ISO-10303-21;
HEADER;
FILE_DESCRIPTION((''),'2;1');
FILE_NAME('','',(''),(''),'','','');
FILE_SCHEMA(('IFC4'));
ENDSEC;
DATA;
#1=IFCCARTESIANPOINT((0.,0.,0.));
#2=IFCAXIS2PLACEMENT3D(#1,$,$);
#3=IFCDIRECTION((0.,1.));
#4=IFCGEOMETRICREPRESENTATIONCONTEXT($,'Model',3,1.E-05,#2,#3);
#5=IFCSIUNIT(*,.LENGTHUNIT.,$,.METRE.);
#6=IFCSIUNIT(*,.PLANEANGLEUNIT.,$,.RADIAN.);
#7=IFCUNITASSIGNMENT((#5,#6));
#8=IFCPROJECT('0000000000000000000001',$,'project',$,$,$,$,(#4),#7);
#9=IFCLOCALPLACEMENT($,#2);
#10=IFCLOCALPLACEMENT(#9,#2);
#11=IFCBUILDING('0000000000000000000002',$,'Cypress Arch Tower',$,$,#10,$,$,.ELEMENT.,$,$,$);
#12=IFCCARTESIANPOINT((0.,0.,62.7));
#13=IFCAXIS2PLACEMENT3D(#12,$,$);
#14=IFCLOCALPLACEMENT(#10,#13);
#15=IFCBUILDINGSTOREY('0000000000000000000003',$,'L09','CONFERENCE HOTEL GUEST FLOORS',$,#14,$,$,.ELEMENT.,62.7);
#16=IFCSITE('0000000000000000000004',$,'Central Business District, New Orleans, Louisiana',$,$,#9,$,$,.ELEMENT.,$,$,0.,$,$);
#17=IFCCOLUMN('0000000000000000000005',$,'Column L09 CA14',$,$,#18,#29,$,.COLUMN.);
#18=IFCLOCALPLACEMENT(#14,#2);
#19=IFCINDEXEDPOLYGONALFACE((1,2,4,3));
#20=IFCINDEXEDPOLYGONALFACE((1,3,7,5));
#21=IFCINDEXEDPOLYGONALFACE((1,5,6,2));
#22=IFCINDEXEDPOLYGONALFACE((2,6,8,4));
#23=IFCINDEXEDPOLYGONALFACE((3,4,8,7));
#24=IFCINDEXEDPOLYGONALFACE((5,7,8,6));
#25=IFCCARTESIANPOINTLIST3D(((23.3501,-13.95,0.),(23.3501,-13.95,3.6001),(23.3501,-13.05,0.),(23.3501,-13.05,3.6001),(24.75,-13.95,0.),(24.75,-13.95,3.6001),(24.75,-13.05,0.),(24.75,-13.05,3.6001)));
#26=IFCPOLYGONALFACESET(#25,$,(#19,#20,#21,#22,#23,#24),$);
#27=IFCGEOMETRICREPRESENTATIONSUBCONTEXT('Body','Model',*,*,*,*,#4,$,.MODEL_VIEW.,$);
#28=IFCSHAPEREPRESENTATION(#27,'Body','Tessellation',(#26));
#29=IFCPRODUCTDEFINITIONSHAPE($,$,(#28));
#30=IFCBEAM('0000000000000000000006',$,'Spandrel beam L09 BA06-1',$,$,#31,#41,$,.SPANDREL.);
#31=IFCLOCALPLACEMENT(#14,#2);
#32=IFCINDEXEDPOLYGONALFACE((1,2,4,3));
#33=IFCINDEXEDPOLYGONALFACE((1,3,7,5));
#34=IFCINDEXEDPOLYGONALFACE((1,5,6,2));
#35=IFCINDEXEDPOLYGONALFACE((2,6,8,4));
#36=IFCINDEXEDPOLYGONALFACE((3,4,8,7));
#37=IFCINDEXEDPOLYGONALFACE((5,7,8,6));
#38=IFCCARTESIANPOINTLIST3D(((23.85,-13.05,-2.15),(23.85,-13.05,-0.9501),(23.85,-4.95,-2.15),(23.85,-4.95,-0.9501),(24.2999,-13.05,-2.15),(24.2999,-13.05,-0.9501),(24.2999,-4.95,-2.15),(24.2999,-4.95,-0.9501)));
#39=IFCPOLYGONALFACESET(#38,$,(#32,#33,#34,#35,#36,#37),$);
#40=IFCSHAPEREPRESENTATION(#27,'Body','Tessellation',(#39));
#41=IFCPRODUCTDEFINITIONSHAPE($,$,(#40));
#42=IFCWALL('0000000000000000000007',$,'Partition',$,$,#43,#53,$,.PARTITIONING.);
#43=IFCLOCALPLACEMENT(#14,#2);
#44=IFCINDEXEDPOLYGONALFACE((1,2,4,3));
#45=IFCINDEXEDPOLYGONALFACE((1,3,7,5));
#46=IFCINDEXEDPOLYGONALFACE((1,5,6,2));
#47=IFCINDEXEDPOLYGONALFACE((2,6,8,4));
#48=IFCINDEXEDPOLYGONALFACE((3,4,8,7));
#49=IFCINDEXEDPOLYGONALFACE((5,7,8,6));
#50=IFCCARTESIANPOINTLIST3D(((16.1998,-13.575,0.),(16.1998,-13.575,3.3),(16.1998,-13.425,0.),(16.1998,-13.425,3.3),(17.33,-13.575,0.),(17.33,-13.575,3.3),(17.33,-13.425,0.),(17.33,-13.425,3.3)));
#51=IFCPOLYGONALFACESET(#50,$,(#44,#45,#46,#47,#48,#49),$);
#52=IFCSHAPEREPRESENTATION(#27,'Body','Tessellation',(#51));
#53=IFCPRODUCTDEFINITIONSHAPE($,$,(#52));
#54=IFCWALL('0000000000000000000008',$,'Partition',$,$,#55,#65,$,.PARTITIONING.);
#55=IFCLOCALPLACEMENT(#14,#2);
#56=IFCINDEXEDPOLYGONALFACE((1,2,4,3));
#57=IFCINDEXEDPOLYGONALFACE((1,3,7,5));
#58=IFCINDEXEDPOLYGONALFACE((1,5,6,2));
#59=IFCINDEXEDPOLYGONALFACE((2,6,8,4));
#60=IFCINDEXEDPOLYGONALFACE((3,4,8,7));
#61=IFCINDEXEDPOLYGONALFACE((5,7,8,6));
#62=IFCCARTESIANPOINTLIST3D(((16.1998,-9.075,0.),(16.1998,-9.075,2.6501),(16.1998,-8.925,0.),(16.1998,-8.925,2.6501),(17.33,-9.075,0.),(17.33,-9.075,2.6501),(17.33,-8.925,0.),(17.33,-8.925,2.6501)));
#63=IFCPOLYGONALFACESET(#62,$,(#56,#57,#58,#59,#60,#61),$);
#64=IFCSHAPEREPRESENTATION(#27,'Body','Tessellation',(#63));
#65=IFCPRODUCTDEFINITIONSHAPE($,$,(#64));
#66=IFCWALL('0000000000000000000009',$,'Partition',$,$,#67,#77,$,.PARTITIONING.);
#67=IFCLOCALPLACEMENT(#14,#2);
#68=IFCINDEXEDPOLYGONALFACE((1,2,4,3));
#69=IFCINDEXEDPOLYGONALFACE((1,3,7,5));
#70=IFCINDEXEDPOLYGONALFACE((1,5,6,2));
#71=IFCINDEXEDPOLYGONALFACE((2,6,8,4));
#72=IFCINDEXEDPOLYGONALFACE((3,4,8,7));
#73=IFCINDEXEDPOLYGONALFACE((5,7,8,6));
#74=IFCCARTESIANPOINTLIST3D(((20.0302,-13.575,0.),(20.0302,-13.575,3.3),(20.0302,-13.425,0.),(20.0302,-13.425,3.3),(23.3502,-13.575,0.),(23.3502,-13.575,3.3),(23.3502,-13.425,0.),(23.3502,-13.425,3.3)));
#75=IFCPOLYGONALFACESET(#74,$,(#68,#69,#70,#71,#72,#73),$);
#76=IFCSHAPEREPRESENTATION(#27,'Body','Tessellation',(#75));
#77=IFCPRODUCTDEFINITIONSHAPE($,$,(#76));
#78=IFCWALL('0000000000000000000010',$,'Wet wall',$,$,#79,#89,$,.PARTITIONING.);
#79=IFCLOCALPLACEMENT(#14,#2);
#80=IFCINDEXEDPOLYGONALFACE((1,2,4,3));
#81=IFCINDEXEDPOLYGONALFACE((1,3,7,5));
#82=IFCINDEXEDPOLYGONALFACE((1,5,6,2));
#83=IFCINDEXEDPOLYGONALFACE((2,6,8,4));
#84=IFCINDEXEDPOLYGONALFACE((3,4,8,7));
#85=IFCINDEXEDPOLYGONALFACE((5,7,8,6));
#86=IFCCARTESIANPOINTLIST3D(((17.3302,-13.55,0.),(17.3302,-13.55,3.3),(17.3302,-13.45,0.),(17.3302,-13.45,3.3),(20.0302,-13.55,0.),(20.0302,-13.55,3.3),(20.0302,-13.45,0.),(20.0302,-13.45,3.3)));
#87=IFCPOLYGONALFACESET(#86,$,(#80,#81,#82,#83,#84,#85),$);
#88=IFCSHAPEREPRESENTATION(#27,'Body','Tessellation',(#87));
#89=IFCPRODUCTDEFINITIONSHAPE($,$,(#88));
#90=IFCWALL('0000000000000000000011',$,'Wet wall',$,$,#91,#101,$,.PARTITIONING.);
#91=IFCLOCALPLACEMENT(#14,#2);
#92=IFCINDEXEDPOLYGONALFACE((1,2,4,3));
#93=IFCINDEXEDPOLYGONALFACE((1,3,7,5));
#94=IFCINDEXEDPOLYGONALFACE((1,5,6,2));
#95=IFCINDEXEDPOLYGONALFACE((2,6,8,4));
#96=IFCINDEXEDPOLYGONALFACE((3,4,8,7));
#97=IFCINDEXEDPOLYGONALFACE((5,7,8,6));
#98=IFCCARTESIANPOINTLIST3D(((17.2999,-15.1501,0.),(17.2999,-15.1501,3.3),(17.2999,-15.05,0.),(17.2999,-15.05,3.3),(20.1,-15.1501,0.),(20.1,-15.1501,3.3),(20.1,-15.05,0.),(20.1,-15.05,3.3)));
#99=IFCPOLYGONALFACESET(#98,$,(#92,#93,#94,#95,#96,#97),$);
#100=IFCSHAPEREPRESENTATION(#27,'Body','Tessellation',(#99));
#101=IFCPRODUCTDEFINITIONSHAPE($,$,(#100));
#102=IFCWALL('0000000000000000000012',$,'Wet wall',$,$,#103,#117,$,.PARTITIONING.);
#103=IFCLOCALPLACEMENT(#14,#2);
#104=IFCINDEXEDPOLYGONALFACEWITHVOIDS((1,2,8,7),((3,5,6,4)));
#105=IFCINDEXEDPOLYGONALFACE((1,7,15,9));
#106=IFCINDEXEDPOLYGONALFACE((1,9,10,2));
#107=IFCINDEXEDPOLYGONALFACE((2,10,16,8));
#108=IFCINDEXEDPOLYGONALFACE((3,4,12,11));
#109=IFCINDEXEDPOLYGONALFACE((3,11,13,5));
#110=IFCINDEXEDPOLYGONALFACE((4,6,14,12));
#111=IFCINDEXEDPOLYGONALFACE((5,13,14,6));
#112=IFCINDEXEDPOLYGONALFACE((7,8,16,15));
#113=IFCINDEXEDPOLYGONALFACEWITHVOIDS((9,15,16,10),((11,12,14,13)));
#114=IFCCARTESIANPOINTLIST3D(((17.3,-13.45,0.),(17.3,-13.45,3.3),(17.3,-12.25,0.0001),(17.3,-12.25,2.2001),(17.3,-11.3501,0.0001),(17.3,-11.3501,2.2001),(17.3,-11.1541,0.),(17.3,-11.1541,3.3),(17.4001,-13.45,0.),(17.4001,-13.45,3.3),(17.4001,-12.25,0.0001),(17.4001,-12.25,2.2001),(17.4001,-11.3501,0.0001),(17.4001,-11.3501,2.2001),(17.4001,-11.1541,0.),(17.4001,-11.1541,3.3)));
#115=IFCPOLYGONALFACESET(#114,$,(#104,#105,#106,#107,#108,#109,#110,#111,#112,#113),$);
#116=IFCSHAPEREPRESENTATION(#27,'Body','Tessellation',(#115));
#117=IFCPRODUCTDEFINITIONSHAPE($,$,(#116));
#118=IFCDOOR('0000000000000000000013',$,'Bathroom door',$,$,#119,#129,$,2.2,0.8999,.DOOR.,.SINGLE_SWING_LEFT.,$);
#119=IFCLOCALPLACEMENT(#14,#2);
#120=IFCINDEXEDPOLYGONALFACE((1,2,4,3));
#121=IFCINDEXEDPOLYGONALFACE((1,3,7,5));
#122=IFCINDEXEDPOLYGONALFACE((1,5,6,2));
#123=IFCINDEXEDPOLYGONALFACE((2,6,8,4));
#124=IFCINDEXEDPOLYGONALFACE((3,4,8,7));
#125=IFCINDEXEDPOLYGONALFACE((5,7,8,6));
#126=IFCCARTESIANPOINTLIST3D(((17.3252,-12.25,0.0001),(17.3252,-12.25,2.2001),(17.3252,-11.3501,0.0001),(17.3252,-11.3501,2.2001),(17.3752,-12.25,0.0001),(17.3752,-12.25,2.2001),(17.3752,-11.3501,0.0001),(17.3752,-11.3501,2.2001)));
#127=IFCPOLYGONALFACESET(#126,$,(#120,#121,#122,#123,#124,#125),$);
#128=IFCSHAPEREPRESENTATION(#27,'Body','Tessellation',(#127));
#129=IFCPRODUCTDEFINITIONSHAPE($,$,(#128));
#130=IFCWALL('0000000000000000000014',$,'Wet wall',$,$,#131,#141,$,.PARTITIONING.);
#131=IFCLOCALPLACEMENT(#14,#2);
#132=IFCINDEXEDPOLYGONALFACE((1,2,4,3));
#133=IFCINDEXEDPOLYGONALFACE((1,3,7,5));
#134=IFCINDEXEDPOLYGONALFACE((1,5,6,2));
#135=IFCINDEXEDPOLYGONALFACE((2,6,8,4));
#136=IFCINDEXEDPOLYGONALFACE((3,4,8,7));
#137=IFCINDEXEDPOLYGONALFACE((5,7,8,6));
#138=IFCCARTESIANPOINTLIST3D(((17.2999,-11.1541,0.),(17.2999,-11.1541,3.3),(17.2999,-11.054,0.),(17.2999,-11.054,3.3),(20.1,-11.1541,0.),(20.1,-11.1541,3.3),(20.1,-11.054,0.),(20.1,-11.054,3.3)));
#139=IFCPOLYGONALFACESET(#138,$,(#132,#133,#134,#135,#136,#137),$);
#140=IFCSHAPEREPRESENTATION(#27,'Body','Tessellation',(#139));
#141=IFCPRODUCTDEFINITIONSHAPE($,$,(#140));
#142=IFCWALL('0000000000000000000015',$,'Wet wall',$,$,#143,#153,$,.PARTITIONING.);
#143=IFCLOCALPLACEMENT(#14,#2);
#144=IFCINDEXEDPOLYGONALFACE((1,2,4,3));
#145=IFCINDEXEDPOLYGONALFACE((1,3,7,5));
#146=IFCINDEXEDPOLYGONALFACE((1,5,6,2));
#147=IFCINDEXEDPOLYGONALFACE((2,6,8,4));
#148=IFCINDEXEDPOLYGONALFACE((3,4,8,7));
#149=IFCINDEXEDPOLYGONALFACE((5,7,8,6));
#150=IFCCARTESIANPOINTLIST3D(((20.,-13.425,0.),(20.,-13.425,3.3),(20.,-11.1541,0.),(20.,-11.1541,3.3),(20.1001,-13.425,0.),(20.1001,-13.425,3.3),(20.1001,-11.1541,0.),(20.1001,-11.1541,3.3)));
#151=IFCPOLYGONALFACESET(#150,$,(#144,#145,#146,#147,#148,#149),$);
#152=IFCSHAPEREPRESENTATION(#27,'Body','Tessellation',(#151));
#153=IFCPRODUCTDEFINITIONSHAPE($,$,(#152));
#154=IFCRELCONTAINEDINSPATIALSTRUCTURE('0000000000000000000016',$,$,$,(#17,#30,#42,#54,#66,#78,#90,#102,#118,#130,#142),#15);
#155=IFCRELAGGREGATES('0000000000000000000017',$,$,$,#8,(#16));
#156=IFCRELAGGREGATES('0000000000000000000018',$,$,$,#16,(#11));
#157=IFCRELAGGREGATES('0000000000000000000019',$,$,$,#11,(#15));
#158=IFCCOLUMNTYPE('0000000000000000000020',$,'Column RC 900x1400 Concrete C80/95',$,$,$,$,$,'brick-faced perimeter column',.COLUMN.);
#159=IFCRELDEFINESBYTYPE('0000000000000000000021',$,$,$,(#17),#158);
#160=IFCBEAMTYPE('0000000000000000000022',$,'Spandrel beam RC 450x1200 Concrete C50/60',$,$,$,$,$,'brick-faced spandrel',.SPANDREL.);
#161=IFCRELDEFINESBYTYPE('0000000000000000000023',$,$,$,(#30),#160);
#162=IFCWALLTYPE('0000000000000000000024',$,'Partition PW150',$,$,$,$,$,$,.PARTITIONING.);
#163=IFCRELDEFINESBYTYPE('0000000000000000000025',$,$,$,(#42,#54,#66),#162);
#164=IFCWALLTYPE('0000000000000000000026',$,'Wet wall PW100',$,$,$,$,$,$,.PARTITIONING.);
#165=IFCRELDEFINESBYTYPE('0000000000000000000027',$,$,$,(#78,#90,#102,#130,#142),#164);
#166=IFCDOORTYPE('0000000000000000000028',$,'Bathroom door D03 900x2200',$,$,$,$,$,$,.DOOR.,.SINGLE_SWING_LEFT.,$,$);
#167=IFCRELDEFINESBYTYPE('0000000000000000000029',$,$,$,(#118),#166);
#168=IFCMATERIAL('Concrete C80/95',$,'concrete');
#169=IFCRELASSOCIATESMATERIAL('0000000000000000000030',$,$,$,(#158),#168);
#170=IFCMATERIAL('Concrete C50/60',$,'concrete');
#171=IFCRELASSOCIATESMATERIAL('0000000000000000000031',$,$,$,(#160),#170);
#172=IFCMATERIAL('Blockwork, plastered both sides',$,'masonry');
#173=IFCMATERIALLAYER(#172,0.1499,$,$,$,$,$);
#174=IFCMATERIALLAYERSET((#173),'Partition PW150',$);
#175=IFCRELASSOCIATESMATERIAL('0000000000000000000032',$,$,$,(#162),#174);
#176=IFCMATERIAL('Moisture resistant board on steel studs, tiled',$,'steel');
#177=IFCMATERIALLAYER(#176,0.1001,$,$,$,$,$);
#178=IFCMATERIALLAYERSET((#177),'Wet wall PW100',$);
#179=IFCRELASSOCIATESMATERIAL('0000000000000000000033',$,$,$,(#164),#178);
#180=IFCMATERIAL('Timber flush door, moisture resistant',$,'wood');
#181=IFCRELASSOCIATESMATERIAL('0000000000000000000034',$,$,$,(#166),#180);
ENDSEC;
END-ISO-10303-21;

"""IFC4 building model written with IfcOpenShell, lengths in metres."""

from ifc_helpers import new_model, si_unit, direction, frame, frame_2d, origin, origin_2d, place, context, subcontext, project, spatial, rectangle, extrude, material, layer, layer_set, material_profile, profile_set, type_object, element, fill, save


model = new_model("IFC4")

# Units and contexts
model_context = context("Model", 3, precision=1e-05, world=origin(), true_north=direction((0.0, 1.0)))
body_context = subcontext(model_context, "Body", "Model", "MODEL_VIEW")
ifc_project = project(units=[si_unit("LENGTHUNIT", "METRE"), si_unit("PLANEANGLEUNIT", "RADIAN")], contexts=[model_context])

# Site, building, storey
site_placement = place(None, origin())
site = spatial("IfcSite", under=ifc_project, at=site_placement, Name="Central Business District, New Orleans, Louisiana", CompositionType="ELEMENT", RefElevation=0.0)
building_placement = place(site_placement, origin())
building = spatial("IfcBuilding", under=site, at=building_placement, Name="Cypress Arch Tower", CompositionType="ELEMENT")
storey_placement = place(building_placement, frame((0.0, 0.0, 62.7)))
storey = spatial("IfcBuildingStorey", under=building, at=storey_placement, Name="L09", Description="CONFERENCE HOTEL GUEST FLOORS", CompositionType="ELEMENT", Elevation=62.7)

# Column
ifc_material_1 = material(Name="Concrete C80/95", Category="concrete")
ifc_material_profile_1 = material_profile(ifc_material_1, rectangle(XDim=0.8999, YDim=1.3999, at=origin_2d()), Name="RC 900x1400")
ifc_profile_set_1 = profile_set([ifc_material_profile_1], Name="Concrete C80/95")
column_type = type_object("IfcColumnType", Name="Column RC 900x1400 Concrete C80/95", ElementType="brick-faced perimeter column", PredefinedType="COLUMN", material=ifc_profile_set_1)
column_placement = place(storey_placement, frame((24.05, -13.5, 0.0), z_axis=(0.0, 0.0, 1.0), x_axis=(0.0, 1.0, 0.0)))
element("IfcColumn", 1, at=column_placement, inside=storey, type_object=column_type, Name="Column L09 CA14", PredefinedType="COLUMN", context=body_context, shape_type="SweptSolid", body=[
    extrude(rectangle(XDim=0.8999, YDim=1.3999, at=origin_2d()), origin(), (0.0, 0.0, 1.0), 3.6001),
])

# Beam
ifc_material_2 = material(Name="Concrete C50/60", Category="concrete")
ifc_material_profile_2 = material_profile(ifc_material_2, rectangle(XDim=0.45, YDim=1.2, at=origin_2d()), Name="RC 450x1200")
ifc_profile_set_2 = profile_set([ifc_material_profile_2], Name="Concrete C50/60")
beam_type = type_object("IfcBeamType", Name="Spandrel beam RC 450x1200 Concrete C50/60", ElementType="brick-faced spandrel", PredefinedType="SPANDREL", material=ifc_profile_set_2)
beam_placement = place(storey_placement, frame((24.075, -13.05, -1.55), z_axis=(0.0, 1.0, 0.0), x_axis=(-1.0, 0.0, 0.0)))
element("IfcBeam", 2, at=beam_placement, inside=storey, type_object=beam_type, Name="Spandrel beam L09 BA06-1", PredefinedType="SPANDREL", context=body_context, shape_type="SweptSolid", body=[
    extrude(rectangle(XDim=0.45, YDim=1.2, at=origin_2d()), origin(), (0.0, 0.0, 1.0), 8.1001),
])

# Walls
ifc_material_3 = material(Name="Blockwork, plastered both sides", Category="masonry")
ifc_layer_1 = layer(ifc_material_3, 0.1499)
ifc_layer_set_1 = layer_set([ifc_layer_1], Name="Partition PW150")
wall_type_1 = type_object("IfcWallType", Name="Partition PW150", PredefinedType="PARTITIONING", material=ifc_layer_set_1)
wall_1_placement = place(storey_placement, frame((16.2, -13.5, 0.0), z_axis=(0.0, 0.0, 1.0), x_axis=(1.0, 0.0, 0.0)))
element("IfcWall", 3, at=wall_1_placement, inside=storey, type_object=wall_type_1, Name="Partition", PredefinedType="PARTITIONING", context=body_context, shape_type="SweptSolid", body=[
    extrude(rectangle(XDim=1.1301, YDim=0.1499, at=frame_2d((0.5649, 0.0))), origin(), (0.0, 0.0, 1.0), 3.3),
])
wall_2_placement = place(storey_placement, frame((16.2, -9.0, 0.0), z_axis=(0.0, 0.0, 1.0), x_axis=(1.0, 0.0, 0.0)))
element("IfcWall", 4, at=wall_2_placement, inside=storey, type_object=wall_type_1, Name="Partition", PredefinedType="PARTITIONING", context=body_context, shape_type="SweptSolid", body=[
    extrude(rectangle(XDim=1.1301, YDim=0.1499, at=frame_2d((0.5649, 0.0))), origin(), (0.0, 0.0, 1.0), 2.6501),
])
wall_3_placement = place(storey_placement, frame((20.03, -13.5, 0.0), z_axis=(0.0, 0.0, 1.0), x_axis=(1.0, 0.0, 0.0)))
element("IfcWall", 5, at=wall_3_placement, inside=storey, type_object=wall_type_1, Name="Partition", PredefinedType="PARTITIONING", context=body_context, shape_type="SweptSolid", body=[
    extrude(rectangle(XDim=3.3201, YDim=0.1499, at=frame_2d((1.6602, 0.0))), origin(), (0.0, 0.0, 1.0), 3.3),
])
ifc_material_4 = material(Name="Moisture resistant board on steel studs, tiled", Category="steel")
ifc_layer_2 = layer(ifc_material_4, 0.1001)
ifc_layer_set_2 = layer_set([ifc_layer_2], Name="Wet wall PW100")
wall_type_2 = type_object("IfcWallType", Name="Wet wall PW100", PredefinedType="PARTITIONING", material=ifc_layer_set_2)
wall_4_placement = place(storey_placement, frame((17.3301, -13.5, 0.0), z_axis=(0.0, 0.0, 1.0), x_axis=(1.0, 0.0, 0.0)))
element("IfcWall", 6, at=wall_4_placement, inside=storey, type_object=wall_type_2, Name="Wet wall", PredefinedType="PARTITIONING", context=body_context, shape_type="SweptSolid", body=[
    extrude(rectangle(XDim=2.7, YDim=0.1001, at=frame_2d((1.3501, 0.0))), origin(), (0.0, 0.0, 1.0), 3.3),
])
wall_5_placement = place(storey_placement, frame((17.3, -15.1001, 0.0), z_axis=(0.0, 0.0, 1.0), x_axis=(1.0, 0.0, 0.0)))
element("IfcWall", 7, at=wall_5_placement, inside=storey, type_object=wall_type_2, Name="Wet wall", PredefinedType="PARTITIONING", context=body_context, shape_type="SweptSolid", body=[
    extrude(rectangle(XDim=2.8, YDim=0.1001, at=frame_2d((1.3999, 0.0))), origin(), (0.0, 0.0, 1.0), 3.3),
])

# Wall, opening, door
wall_6_placement = place(storey_placement, frame((17.3501, -13.45, 0.0), z_axis=(0.0, 0.0, 1.0), x_axis=(0.0, 1.0, 0.0)))
wall_6 = element("IfcWall", 8, at=wall_6_placement, inside=storey, type_object=wall_type_2, Name="Wet wall", PredefinedType="PARTITIONING", context=body_context, shape_type="SweptSolid", body=[
    extrude(rectangle(XDim=2.2959, YDim=0.1001, at=frame_2d((1.1479, 0.0))), origin(), (0.0, 0.0, 1.0), 3.3),
])
opening_1_placement = place(wall_6_placement, frame((1.2, 0.0, 0.0)))
opening_1 = element("IfcOpeningElement", 9, at=opening_1_placement, cuts=wall_6, PredefinedType="OPENING", context=body_context, shape_type="SweptSolid", body=[
    extrude(rectangle(XDim=0.8999, YDim=2.2, at=frame_2d((0.45, 1.1001))), frame((0.0, 0.0601, 0.0), z_axis=(0.0, -1.0, 0.0), x_axis=(1.0, 0.0, 0.0)), (0.0, 0.0, 1.0), 0.1201),
])
ifc_material_5 = material(Name="Timber flush door, moisture resistant", Category="wood")
door_type_1 = type_object("IfcDoorType", Name="Bathroom door D03 900x2200", OperationType="SINGLE_SWING_LEFT", PredefinedType="DOOR", material=ifc_material_5)
door_1_placement = place(opening_1_placement, origin())
door_1 = element("IfcDoor", 10, at=door_1_placement, inside=storey, type_object=door_type_1, Name="Bathroom door", OperationType="SINGLE_SWING_LEFT", OverallHeight=2.2, OverallWidth=0.8999, PredefinedType="DOOR", context=body_context, shape_type="SweptSolid", body=[
    extrude(rectangle(XDim=0.8999, YDim=2.2, at=frame_2d((0.45, 1.1001))), frame((0.0, 0.0249, 0.0), z_axis=(0.0, -1.0, 0.0), x_axis=(1.0, 0.0, 0.0)), (0.0, 0.0, 1.0), 0.05),
])
fill(opening_1, door_1)

# Walls
wall_7_placement = place(storey_placement, frame((17.3, -11.104, 0.0), z_axis=(0.0, 0.0, 1.0), x_axis=(1.0, 0.0, 0.0)))
element("IfcWall", 11, at=wall_7_placement, inside=storey, type_object=wall_type_2, Name="Wet wall", PredefinedType="PARTITIONING", context=body_context, shape_type="SweptSolid", body=[
    extrude(rectangle(XDim=2.8, YDim=0.1001, at=frame_2d((1.3999, 0.0))), origin(), (0.0, 0.0, 1.0), 3.3),
])
wall_8_placement = place(storey_placement, frame((20.05, -13.425, 0.0), z_axis=(0.0, 0.0, 1.0), x_axis=(0.0, 1.0, 0.0)))
element("IfcWall", 12, at=wall_8_placement, inside=storey, type_object=wall_type_2, Name="Wet wall", PredefinedType="PARTITIONING", context=body_context, shape_type="SweptSolid", body=[
    extrude(rectangle(XDim=2.271, YDim=0.1001, at=frame_2d((1.1355, 0.0))), origin(), (0.0, 0.0, 1.0), 3.3),
])

save(model, "model.ifc")
